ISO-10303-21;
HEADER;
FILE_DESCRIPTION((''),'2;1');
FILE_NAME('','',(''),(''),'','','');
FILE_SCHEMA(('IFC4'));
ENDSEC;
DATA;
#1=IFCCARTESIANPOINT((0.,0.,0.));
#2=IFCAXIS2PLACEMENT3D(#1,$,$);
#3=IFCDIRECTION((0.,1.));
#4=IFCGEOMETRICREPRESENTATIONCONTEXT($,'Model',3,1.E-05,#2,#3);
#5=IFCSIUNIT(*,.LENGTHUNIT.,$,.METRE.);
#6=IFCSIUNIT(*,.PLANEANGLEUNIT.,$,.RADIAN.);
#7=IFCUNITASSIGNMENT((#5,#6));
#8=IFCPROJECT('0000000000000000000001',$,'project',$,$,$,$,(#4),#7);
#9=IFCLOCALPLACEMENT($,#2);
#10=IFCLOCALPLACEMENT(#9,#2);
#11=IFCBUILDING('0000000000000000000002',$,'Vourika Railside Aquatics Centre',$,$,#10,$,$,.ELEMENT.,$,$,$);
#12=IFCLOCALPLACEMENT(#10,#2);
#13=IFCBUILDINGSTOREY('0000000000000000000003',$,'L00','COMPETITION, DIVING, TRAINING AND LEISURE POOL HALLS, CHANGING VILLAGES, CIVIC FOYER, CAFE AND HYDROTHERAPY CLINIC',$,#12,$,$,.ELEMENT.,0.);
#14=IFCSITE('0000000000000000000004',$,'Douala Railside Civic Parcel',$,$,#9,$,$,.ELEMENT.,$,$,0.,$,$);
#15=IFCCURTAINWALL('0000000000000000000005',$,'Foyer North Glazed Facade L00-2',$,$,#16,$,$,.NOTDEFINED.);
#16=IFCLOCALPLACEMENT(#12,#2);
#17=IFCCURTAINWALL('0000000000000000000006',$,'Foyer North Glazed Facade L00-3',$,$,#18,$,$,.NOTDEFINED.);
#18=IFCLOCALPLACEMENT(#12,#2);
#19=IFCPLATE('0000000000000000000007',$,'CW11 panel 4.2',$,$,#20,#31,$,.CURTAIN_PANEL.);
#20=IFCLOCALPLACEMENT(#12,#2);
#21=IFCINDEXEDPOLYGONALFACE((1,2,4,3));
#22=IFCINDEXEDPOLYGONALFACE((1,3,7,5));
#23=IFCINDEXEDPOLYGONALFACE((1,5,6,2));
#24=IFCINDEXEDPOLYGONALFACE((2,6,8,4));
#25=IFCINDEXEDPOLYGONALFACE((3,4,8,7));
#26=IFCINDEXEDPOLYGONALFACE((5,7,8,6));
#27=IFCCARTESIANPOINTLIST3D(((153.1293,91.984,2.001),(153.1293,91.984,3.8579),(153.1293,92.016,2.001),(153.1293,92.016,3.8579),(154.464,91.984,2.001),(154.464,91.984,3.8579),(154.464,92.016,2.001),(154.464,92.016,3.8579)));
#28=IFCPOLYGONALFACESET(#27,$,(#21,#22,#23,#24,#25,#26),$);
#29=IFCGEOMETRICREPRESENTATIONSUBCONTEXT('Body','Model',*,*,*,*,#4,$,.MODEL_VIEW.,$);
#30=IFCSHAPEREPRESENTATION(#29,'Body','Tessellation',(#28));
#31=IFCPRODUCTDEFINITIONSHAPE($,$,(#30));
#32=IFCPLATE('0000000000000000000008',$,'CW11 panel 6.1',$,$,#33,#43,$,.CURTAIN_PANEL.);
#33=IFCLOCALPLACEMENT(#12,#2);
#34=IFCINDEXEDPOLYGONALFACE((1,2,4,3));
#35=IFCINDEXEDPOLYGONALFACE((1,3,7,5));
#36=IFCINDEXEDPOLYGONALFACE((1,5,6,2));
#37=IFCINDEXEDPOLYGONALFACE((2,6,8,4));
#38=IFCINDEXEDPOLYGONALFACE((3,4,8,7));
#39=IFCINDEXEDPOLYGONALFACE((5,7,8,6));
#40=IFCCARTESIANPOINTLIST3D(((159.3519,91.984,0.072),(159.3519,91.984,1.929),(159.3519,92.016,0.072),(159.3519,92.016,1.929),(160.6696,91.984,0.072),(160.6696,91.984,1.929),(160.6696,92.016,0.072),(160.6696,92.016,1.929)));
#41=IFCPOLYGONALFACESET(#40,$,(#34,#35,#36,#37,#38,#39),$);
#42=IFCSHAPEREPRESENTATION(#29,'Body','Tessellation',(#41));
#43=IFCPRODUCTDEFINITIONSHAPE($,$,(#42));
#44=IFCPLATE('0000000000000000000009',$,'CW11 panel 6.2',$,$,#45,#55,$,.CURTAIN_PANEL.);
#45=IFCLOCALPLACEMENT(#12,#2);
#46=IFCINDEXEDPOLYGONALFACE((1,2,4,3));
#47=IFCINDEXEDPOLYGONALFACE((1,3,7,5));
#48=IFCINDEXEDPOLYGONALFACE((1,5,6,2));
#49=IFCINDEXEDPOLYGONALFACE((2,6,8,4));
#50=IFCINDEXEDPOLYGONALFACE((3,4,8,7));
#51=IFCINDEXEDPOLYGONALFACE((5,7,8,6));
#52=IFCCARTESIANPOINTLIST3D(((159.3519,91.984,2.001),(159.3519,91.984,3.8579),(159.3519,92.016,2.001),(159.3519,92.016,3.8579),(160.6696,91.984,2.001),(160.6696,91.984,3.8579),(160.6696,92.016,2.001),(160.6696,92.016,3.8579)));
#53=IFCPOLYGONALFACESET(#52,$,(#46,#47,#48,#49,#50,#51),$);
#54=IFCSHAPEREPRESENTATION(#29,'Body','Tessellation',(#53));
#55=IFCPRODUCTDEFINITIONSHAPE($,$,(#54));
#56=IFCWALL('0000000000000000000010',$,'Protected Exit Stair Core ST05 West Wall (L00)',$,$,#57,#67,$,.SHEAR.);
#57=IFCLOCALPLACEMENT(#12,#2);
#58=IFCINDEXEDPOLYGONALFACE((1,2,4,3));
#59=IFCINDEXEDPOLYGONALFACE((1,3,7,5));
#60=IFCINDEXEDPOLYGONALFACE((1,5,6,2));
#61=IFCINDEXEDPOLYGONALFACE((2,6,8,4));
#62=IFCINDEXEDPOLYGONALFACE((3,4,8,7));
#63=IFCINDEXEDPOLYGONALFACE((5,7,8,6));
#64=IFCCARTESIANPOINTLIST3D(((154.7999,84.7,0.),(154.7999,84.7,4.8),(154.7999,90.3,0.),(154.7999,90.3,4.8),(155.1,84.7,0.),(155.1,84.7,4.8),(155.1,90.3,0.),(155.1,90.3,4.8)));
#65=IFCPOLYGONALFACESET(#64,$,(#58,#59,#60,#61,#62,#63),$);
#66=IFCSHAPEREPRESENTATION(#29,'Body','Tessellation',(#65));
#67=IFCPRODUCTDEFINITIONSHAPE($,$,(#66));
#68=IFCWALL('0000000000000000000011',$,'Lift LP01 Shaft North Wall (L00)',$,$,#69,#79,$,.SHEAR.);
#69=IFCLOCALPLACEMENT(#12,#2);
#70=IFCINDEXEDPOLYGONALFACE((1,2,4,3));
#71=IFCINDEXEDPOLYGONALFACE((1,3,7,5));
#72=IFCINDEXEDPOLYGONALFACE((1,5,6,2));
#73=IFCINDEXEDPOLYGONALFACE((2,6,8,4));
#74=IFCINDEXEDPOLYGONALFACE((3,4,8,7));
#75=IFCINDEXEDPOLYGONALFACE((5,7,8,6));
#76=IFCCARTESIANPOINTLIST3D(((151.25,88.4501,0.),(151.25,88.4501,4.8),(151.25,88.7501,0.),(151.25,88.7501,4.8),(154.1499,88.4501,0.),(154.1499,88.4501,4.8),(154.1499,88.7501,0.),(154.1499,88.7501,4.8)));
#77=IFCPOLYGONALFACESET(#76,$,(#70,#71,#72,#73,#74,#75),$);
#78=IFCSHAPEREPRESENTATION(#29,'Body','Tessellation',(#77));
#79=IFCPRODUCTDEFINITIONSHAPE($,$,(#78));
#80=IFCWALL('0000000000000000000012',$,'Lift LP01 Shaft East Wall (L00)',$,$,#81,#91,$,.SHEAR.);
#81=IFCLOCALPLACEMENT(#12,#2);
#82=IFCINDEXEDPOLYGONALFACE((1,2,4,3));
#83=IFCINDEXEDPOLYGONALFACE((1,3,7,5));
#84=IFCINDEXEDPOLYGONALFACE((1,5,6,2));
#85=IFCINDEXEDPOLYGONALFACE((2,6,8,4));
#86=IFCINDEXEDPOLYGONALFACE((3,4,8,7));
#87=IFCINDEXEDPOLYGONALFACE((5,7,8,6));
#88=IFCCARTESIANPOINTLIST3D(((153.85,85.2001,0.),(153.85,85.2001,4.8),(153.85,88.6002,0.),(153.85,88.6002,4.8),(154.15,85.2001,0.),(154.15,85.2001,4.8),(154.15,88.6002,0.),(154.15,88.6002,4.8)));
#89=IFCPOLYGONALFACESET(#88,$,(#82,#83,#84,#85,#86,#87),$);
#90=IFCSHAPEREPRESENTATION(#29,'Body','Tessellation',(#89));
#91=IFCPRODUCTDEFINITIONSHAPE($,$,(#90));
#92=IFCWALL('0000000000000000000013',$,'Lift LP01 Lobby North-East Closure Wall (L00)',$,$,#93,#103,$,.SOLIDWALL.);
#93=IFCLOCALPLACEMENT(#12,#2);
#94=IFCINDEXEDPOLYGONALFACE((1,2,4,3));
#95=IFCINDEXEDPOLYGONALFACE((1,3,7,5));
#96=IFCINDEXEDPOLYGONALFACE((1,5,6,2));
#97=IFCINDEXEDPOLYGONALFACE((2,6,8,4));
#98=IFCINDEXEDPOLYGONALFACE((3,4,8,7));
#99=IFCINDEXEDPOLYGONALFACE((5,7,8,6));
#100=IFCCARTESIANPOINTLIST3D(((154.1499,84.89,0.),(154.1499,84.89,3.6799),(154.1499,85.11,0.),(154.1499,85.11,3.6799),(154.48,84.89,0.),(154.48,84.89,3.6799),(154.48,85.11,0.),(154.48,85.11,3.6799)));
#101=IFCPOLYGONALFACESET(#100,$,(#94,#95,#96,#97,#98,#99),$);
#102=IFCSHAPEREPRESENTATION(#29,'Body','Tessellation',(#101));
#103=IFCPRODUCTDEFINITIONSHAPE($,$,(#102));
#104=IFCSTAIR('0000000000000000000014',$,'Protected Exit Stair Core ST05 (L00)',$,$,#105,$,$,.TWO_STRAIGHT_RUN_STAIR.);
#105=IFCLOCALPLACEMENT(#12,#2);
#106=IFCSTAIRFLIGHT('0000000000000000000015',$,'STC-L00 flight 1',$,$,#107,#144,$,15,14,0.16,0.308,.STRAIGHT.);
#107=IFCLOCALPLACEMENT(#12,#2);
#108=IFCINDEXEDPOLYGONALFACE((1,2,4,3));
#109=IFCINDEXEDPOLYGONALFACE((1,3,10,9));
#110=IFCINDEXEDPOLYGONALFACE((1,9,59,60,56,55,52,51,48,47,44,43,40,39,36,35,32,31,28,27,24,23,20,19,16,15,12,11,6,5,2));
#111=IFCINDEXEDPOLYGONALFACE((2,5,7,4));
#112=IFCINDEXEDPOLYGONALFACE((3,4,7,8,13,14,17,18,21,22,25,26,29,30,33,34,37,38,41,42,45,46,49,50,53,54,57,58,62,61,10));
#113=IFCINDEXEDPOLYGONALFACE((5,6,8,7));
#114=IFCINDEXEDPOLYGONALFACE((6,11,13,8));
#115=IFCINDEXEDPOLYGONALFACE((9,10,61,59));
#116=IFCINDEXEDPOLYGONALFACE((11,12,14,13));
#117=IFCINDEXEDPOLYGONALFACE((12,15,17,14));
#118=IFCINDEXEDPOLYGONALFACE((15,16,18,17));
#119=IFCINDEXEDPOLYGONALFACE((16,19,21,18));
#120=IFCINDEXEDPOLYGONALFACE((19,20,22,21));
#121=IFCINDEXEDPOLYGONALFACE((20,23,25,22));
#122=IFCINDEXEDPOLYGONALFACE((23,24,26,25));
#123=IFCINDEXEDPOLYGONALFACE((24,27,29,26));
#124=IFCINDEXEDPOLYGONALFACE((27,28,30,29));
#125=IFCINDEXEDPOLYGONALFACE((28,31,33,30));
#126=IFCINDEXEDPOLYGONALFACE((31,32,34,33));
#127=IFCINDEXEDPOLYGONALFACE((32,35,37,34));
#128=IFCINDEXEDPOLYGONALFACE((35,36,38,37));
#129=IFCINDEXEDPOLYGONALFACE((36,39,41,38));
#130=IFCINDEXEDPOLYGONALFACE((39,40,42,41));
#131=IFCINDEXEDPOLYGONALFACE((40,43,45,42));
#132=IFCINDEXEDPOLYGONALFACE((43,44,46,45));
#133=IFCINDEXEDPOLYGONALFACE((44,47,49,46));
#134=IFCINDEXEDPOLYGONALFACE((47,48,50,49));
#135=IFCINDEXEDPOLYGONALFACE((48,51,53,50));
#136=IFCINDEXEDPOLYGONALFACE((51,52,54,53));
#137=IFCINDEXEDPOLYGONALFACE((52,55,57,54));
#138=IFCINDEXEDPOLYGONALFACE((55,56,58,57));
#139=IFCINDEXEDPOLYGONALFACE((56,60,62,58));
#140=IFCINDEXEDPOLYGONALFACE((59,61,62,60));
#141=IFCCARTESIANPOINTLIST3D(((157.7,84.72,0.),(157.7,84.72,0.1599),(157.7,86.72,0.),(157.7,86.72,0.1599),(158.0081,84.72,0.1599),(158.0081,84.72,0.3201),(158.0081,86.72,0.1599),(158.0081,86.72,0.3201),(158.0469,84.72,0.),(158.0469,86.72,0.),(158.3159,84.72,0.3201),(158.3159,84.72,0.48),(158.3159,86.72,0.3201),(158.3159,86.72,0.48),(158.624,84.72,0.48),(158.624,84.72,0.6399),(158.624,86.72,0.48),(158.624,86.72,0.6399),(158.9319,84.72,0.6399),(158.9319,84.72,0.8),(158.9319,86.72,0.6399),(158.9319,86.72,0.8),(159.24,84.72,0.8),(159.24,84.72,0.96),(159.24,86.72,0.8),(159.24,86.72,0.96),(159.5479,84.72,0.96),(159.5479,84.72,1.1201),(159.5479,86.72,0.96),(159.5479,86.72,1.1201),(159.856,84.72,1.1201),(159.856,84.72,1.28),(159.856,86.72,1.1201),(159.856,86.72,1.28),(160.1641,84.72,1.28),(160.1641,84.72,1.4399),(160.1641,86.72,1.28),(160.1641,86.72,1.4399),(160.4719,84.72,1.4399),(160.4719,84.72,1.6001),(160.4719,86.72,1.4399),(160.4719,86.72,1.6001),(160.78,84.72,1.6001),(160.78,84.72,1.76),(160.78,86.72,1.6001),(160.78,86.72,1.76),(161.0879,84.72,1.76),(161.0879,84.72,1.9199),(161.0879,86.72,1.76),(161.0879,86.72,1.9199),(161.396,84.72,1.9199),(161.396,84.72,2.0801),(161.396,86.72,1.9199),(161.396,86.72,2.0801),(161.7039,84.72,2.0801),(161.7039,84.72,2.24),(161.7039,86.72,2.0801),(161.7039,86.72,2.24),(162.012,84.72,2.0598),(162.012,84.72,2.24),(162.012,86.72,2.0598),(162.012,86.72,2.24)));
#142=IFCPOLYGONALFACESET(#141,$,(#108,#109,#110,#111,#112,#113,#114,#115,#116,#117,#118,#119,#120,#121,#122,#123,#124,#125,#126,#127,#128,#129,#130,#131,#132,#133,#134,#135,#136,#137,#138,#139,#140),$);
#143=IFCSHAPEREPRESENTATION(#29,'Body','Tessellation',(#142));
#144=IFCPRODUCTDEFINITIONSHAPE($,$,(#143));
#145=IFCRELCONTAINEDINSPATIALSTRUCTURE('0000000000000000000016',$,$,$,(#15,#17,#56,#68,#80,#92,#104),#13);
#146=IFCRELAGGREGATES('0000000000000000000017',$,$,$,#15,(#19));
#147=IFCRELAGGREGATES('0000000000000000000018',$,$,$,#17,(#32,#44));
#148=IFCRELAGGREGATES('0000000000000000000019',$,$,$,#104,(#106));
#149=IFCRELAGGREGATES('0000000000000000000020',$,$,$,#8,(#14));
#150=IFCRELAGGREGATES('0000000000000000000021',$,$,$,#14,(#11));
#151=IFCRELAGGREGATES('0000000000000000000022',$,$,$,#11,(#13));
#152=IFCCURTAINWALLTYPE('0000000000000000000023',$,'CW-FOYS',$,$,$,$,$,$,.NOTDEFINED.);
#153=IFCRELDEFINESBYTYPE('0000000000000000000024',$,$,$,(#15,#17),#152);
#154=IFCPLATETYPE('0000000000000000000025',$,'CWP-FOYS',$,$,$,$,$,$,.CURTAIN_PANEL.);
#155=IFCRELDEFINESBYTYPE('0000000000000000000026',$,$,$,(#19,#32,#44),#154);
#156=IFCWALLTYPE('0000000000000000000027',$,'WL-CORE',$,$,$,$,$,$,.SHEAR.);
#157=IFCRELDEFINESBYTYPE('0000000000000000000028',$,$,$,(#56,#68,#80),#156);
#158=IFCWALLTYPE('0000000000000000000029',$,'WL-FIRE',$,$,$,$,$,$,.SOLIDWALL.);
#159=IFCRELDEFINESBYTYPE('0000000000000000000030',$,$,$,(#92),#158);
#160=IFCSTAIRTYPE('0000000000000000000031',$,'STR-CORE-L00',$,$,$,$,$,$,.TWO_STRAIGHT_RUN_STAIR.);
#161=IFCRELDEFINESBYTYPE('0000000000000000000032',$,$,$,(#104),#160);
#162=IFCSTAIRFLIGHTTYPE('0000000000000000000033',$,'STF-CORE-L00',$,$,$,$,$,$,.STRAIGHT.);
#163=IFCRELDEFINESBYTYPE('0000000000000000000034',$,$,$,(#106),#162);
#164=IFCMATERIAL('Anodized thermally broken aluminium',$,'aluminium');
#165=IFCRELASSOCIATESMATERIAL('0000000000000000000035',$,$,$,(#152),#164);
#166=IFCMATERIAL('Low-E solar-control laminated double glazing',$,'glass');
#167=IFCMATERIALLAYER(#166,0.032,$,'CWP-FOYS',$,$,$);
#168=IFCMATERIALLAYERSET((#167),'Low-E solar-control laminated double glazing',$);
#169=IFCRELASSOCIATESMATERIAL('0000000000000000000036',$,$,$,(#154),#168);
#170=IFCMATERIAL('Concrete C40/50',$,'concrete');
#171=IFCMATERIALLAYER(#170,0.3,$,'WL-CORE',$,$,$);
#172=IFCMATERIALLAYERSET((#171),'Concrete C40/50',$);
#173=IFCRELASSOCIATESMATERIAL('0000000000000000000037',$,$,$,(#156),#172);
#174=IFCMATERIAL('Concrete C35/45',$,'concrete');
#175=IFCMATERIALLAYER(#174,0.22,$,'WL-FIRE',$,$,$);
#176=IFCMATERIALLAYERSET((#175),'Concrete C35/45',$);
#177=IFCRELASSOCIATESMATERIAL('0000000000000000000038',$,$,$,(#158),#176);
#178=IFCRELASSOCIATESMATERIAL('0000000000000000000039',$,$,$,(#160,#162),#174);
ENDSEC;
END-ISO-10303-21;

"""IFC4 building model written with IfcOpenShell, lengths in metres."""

from ifc_helpers import new_model, si_unit, direction, frame, frame_2d, origin, origin_2d, place, context, subcontext, project, spatial, polyline, rectangle, outline, extrude, material, layer, layer_set, type_object, element, aggregate, save


model = new_model("IFC4")

# Units and contexts
model_context = context("Model", 3, precision=1e-05, world=origin(), true_north=direction((0.0, 1.0)))
body_context = subcontext(model_context, "Body", "Model", "MODEL_VIEW")
ifc_project = project(units=[si_unit("LENGTHUNIT", "METRE"), si_unit("PLANEANGLEUNIT", "RADIAN")], contexts=[model_context])

# Site, building, storey
site_placement = place(None, origin())
site = spatial("IfcSite", under=ifc_project, at=site_placement, Name="Douala Railside Civic Parcel", CompositionType="ELEMENT", RefElevation=0.0)
building_placement = place(site_placement, origin())
building = spatial("IfcBuilding", under=site, at=building_placement, Name="Vourika Railside Aquatics Centre", CompositionType="ELEMENT")
storey_placement = place(building_placement, origin())
storey = spatial("IfcBuildingStorey", under=building, at=storey_placement, Name="L00", Description="COMPETITION, DIVING, TRAINING AND LEISURE POOL HALLS, CHANGING VILLAGES, CIVIC FOYER, CAFE AND HYDROTHERAPY CLINIC", CompositionType="ELEMENT", Elevation=0.0)

# Shared definitions
ifc_material_1 = material(Name="Concrete C35/45", Category="concrete")

# Shared definitions
ifc_material_2 = material(Name="Concrete C40/50", Category="concrete")

# Curtain wall
ifc_material_3 = material(Name="Anodized thermally broken aluminium", Category="aluminium")
curtain_wall_type = type_object("IfcCurtainWallType", Name="CW-FOYS", PredefinedType="NOTDEFINED", material=ifc_material_3)
curtain_wall_1_placement = place(storey_placement, origin())
curtain_wall_1 = element("IfcCurtainWall", 1, at=curtain_wall_1_placement, inside=storey, type_object=curtain_wall_type, Name="Foyer North Glazed Facade L00-2", PredefinedType="NOTDEFINED")

# Curtain wall
curtain_wall_2_placement = place(storey_placement, origin())
curtain_wall_2 = element("IfcCurtainWall", 2, at=curtain_wall_2_placement, inside=storey, type_object=curtain_wall_type, Name="Foyer North Glazed Facade L00-3", PredefinedType="NOTDEFINED")

# Plates
ifc_material_4 = material(Name="Low-E solar-control laminated double glazing", Category="glass")
ifc_layer_1 = layer(ifc_material_4, 0.032, Name="CWP-FOYS")
ifc_layer_set_1 = layer_set([ifc_layer_1], Name="Low-E solar-control laminated double glazing")
plate_type = type_object("IfcPlateType", Name="CWP-FOYS", PredefinedType="CURTAIN_PANEL", material=ifc_layer_set_1)
plate_1_placement = place(storey_placement, frame((153.7966, 92.0, 2.001), z_axis=(0.0, 0.0, 1.0), x_axis=(-1.0, 0.0, 0.0)))
plate_1 = element("IfcPlate", 3, at=plate_1_placement, type_object=plate_type, Name="CW11 panel 4.2", PredefinedType="CURTAIN_PANEL", context=body_context, shape_type="SweptSolid", body=[
    extrude(rectangle(XDim=1.3347, YDim=0.032, at=origin_2d()), origin(), (0.0, 0.0, 1.0), 1.8569),
])
aggregate(curtain_wall_1, [plate_1])
plate_2_placement = place(storey_placement, frame((160.0107, 92.0, 0.072), z_axis=(0.0, 0.0, 1.0), x_axis=(-1.0, 0.0, 0.0)))
plate_2 = element("IfcPlate", 4, at=plate_2_placement, type_object=plate_type, Name="CW11 panel 6.1", PredefinedType="CURTAIN_PANEL", context=body_context, shape_type="SweptSolid", body=[
    extrude(rectangle(XDim=1.3176, YDim=0.032, at=origin_2d()), origin(), (0.0, 0.0, 1.0), 1.8569),
])
plate_3_placement = place(storey_placement, frame((160.0107, 92.0, 2.001), z_axis=(0.0, 0.0, 1.0), x_axis=(-1.0, 0.0, 0.0)))
plate_3 = element("IfcPlate", 5, at=plate_3_placement, type_object=plate_type, Name="CW11 panel 6.2", PredefinedType="CURTAIN_PANEL", context=body_context, shape_type="SweptSolid", body=[
    extrude(rectangle(XDim=1.3176, YDim=0.032, at=origin_2d()), origin(), (0.0, 0.0, 1.0), 1.8569),
])
aggregate(curtain_wall_2, [plate_2, plate_3])

# Walls
ifc_layer_2 = layer(ifc_material_2, 0.3, Name="WL-CORE")
ifc_layer_set_2 = layer_set([ifc_layer_2], Name="Concrete C40/50")
wall_type_1 = type_object("IfcWallType", Name="WL-CORE", PredefinedType="SHEAR", material=ifc_layer_set_2)
wall_1_placement = place(storey_placement, frame((154.95, 90.3, 0.0), z_axis=(0.0, 0.0, 1.0), x_axis=(0.0, -1.0, 0.0)))
element("IfcWall", 6, at=wall_1_placement, inside=storey, type_object=wall_type_1, Name="Protected Exit Stair Core ST05 West Wall (L00)", PredefinedType="SHEAR", context=body_context, shape_type="SweptSolid", body=[
    extrude(rectangle(XDim=5.6001, YDim=0.3, at=frame_2d((2.8, 0.0))), origin(), (0.0, 0.0, 1.0), 4.8),
])
wall_2_placement = place(storey_placement, frame((154.1499, 88.6001, 0.0), z_axis=(0.0, 0.0, 1.0), x_axis=(-1.0, 0.0, 0.0)))
element("IfcWall", 7, at=wall_2_placement, inside=storey, type_object=wall_type_1, Name="Lift LP01 Shaft North Wall (L00)", PredefinedType="SHEAR", context=body_context, shape_type="SweptSolid", body=[
    extrude(rectangle(XDim=2.8999, YDim=0.3, at=frame_2d((1.45, 0.0))), origin(), (0.0, 0.0, 1.0), 4.8),
])
wall_3_placement = place(storey_placement, frame((154.0, 85.2, 0.0), z_axis=(0.0, 0.0, 1.0), x_axis=(0.0, 1.0, 0.0)))
element("IfcWall", 8, at=wall_3_placement, inside=storey, type_object=wall_type_1, Name="Lift LP01 Shaft East Wall (L00)", PredefinedType="SHEAR", context=body_context, shape_type="SweptSolid", body=[
    extrude(rectangle(XDim=3.4001, YDim=0.3, at=frame_2d((1.7002, 0.0))), origin(), (0.0, 0.0, 1.0), 4.8),
])
ifc_layer_3 = layer(ifc_material_1, 0.22, Name="WL-FIRE")
ifc_layer_set_3 = layer_set([ifc_layer_3], Name="Concrete C35/45")
wall_type_2 = type_object("IfcWallType", Name="WL-FIRE", PredefinedType="SOLIDWALL", material=ifc_layer_set_3)
wall_4_placement = place(storey_placement, frame((154.1499, 85.0, 0.0), z_axis=(0.0, 0.0, 1.0), x_axis=(1.0, 0.0, 0.0)))
element("IfcWall", 9, at=wall_4_placement, inside=storey, type_object=wall_type_2, Name="Lift LP01 Lobby North-East Closure Wall (L00)", PredefinedType="SOLIDWALL", context=body_context, shape_type="SweptSolid", body=[
    extrude(rectangle(XDim=0.3301, YDim=0.22, at=frame_2d((0.165, 0.0))), origin(), (0.0, 0.0, 1.0), 3.6799),
])

# Stair, stair flight
stair_type = type_object("IfcStairType", Name="STR-CORE-L00", PredefinedType="TWO_STRAIGHT_RUN_STAIR", material=ifc_material_1)
stair_placement = place(storey_placement, origin())
stair = element("IfcStair", 10, at=stair_placement, inside=storey, type_object=stair_type, Name="Protected Exit Stair Core ST05 (L00)", PredefinedType="TWO_STRAIGHT_RUN_STAIR")
stair_flight_type = type_object("IfcStairFlightType", Name="STF-CORE-L00", PredefinedType="STRAIGHT", material=ifc_material_1)
stair_flight_placement = place(storey_placement, frame((157.7, 85.72, 0.0), z_axis=(0.0, 0.0, 1.0), x_axis=(1.0, 0.0, 0.0)))
stair_flight = element("IfcStairFlight", 11, at=stair_flight_placement, type_object=stair_flight_type, Name="STC-L00 flight 1", NumberOfRisers=15, NumberOfTreads=14, PredefinedType="STRAIGHT", RiserHeight=0.16, TreadLength=0.308, context=body_context, shape_type="SweptSolid", body=[
    extrude(outline(polyline([(0.0, 0.0), (0.0, 0.1599), (0.3081, 0.1599), (0.3081, 0.3201), (0.616, 0.3201), (0.616, 0.48), (0.9241, 0.48), (0.9241, 0.6399), (1.2319, 0.6399), (1.2319, 0.8), (1.54, 0.8), (1.54, 0.96), (1.8479, 0.96), (1.8479, 1.1201), (2.156, 1.1201), (2.156, 1.28), (2.4641, 1.28), (2.4641, 1.4399), (2.772, 1.4399), (2.772, 1.6001), (3.0801, 1.6001), (3.0801, 1.76), (3.3879, 1.76), (3.3879, 1.9199), (3.696, 1.9199), (3.696, 2.0801), (4.0039, 2.0801), (4.0039, 2.24), (4.312, 2.24), (4.312, 2.3999), (4.312, 2.0598), (0.3469, 0.0), (0.0, 0.0)])), frame((0.0, 1.0, 0.0), z_axis=(0.0, -1.0, 0.0), x_axis=(1.0, 0.0, 0.0)), (0.0, 0.0, 1.0), 2.0),
])
aggregate(stair, [stair_flight])

save(model, "model.ifc")
